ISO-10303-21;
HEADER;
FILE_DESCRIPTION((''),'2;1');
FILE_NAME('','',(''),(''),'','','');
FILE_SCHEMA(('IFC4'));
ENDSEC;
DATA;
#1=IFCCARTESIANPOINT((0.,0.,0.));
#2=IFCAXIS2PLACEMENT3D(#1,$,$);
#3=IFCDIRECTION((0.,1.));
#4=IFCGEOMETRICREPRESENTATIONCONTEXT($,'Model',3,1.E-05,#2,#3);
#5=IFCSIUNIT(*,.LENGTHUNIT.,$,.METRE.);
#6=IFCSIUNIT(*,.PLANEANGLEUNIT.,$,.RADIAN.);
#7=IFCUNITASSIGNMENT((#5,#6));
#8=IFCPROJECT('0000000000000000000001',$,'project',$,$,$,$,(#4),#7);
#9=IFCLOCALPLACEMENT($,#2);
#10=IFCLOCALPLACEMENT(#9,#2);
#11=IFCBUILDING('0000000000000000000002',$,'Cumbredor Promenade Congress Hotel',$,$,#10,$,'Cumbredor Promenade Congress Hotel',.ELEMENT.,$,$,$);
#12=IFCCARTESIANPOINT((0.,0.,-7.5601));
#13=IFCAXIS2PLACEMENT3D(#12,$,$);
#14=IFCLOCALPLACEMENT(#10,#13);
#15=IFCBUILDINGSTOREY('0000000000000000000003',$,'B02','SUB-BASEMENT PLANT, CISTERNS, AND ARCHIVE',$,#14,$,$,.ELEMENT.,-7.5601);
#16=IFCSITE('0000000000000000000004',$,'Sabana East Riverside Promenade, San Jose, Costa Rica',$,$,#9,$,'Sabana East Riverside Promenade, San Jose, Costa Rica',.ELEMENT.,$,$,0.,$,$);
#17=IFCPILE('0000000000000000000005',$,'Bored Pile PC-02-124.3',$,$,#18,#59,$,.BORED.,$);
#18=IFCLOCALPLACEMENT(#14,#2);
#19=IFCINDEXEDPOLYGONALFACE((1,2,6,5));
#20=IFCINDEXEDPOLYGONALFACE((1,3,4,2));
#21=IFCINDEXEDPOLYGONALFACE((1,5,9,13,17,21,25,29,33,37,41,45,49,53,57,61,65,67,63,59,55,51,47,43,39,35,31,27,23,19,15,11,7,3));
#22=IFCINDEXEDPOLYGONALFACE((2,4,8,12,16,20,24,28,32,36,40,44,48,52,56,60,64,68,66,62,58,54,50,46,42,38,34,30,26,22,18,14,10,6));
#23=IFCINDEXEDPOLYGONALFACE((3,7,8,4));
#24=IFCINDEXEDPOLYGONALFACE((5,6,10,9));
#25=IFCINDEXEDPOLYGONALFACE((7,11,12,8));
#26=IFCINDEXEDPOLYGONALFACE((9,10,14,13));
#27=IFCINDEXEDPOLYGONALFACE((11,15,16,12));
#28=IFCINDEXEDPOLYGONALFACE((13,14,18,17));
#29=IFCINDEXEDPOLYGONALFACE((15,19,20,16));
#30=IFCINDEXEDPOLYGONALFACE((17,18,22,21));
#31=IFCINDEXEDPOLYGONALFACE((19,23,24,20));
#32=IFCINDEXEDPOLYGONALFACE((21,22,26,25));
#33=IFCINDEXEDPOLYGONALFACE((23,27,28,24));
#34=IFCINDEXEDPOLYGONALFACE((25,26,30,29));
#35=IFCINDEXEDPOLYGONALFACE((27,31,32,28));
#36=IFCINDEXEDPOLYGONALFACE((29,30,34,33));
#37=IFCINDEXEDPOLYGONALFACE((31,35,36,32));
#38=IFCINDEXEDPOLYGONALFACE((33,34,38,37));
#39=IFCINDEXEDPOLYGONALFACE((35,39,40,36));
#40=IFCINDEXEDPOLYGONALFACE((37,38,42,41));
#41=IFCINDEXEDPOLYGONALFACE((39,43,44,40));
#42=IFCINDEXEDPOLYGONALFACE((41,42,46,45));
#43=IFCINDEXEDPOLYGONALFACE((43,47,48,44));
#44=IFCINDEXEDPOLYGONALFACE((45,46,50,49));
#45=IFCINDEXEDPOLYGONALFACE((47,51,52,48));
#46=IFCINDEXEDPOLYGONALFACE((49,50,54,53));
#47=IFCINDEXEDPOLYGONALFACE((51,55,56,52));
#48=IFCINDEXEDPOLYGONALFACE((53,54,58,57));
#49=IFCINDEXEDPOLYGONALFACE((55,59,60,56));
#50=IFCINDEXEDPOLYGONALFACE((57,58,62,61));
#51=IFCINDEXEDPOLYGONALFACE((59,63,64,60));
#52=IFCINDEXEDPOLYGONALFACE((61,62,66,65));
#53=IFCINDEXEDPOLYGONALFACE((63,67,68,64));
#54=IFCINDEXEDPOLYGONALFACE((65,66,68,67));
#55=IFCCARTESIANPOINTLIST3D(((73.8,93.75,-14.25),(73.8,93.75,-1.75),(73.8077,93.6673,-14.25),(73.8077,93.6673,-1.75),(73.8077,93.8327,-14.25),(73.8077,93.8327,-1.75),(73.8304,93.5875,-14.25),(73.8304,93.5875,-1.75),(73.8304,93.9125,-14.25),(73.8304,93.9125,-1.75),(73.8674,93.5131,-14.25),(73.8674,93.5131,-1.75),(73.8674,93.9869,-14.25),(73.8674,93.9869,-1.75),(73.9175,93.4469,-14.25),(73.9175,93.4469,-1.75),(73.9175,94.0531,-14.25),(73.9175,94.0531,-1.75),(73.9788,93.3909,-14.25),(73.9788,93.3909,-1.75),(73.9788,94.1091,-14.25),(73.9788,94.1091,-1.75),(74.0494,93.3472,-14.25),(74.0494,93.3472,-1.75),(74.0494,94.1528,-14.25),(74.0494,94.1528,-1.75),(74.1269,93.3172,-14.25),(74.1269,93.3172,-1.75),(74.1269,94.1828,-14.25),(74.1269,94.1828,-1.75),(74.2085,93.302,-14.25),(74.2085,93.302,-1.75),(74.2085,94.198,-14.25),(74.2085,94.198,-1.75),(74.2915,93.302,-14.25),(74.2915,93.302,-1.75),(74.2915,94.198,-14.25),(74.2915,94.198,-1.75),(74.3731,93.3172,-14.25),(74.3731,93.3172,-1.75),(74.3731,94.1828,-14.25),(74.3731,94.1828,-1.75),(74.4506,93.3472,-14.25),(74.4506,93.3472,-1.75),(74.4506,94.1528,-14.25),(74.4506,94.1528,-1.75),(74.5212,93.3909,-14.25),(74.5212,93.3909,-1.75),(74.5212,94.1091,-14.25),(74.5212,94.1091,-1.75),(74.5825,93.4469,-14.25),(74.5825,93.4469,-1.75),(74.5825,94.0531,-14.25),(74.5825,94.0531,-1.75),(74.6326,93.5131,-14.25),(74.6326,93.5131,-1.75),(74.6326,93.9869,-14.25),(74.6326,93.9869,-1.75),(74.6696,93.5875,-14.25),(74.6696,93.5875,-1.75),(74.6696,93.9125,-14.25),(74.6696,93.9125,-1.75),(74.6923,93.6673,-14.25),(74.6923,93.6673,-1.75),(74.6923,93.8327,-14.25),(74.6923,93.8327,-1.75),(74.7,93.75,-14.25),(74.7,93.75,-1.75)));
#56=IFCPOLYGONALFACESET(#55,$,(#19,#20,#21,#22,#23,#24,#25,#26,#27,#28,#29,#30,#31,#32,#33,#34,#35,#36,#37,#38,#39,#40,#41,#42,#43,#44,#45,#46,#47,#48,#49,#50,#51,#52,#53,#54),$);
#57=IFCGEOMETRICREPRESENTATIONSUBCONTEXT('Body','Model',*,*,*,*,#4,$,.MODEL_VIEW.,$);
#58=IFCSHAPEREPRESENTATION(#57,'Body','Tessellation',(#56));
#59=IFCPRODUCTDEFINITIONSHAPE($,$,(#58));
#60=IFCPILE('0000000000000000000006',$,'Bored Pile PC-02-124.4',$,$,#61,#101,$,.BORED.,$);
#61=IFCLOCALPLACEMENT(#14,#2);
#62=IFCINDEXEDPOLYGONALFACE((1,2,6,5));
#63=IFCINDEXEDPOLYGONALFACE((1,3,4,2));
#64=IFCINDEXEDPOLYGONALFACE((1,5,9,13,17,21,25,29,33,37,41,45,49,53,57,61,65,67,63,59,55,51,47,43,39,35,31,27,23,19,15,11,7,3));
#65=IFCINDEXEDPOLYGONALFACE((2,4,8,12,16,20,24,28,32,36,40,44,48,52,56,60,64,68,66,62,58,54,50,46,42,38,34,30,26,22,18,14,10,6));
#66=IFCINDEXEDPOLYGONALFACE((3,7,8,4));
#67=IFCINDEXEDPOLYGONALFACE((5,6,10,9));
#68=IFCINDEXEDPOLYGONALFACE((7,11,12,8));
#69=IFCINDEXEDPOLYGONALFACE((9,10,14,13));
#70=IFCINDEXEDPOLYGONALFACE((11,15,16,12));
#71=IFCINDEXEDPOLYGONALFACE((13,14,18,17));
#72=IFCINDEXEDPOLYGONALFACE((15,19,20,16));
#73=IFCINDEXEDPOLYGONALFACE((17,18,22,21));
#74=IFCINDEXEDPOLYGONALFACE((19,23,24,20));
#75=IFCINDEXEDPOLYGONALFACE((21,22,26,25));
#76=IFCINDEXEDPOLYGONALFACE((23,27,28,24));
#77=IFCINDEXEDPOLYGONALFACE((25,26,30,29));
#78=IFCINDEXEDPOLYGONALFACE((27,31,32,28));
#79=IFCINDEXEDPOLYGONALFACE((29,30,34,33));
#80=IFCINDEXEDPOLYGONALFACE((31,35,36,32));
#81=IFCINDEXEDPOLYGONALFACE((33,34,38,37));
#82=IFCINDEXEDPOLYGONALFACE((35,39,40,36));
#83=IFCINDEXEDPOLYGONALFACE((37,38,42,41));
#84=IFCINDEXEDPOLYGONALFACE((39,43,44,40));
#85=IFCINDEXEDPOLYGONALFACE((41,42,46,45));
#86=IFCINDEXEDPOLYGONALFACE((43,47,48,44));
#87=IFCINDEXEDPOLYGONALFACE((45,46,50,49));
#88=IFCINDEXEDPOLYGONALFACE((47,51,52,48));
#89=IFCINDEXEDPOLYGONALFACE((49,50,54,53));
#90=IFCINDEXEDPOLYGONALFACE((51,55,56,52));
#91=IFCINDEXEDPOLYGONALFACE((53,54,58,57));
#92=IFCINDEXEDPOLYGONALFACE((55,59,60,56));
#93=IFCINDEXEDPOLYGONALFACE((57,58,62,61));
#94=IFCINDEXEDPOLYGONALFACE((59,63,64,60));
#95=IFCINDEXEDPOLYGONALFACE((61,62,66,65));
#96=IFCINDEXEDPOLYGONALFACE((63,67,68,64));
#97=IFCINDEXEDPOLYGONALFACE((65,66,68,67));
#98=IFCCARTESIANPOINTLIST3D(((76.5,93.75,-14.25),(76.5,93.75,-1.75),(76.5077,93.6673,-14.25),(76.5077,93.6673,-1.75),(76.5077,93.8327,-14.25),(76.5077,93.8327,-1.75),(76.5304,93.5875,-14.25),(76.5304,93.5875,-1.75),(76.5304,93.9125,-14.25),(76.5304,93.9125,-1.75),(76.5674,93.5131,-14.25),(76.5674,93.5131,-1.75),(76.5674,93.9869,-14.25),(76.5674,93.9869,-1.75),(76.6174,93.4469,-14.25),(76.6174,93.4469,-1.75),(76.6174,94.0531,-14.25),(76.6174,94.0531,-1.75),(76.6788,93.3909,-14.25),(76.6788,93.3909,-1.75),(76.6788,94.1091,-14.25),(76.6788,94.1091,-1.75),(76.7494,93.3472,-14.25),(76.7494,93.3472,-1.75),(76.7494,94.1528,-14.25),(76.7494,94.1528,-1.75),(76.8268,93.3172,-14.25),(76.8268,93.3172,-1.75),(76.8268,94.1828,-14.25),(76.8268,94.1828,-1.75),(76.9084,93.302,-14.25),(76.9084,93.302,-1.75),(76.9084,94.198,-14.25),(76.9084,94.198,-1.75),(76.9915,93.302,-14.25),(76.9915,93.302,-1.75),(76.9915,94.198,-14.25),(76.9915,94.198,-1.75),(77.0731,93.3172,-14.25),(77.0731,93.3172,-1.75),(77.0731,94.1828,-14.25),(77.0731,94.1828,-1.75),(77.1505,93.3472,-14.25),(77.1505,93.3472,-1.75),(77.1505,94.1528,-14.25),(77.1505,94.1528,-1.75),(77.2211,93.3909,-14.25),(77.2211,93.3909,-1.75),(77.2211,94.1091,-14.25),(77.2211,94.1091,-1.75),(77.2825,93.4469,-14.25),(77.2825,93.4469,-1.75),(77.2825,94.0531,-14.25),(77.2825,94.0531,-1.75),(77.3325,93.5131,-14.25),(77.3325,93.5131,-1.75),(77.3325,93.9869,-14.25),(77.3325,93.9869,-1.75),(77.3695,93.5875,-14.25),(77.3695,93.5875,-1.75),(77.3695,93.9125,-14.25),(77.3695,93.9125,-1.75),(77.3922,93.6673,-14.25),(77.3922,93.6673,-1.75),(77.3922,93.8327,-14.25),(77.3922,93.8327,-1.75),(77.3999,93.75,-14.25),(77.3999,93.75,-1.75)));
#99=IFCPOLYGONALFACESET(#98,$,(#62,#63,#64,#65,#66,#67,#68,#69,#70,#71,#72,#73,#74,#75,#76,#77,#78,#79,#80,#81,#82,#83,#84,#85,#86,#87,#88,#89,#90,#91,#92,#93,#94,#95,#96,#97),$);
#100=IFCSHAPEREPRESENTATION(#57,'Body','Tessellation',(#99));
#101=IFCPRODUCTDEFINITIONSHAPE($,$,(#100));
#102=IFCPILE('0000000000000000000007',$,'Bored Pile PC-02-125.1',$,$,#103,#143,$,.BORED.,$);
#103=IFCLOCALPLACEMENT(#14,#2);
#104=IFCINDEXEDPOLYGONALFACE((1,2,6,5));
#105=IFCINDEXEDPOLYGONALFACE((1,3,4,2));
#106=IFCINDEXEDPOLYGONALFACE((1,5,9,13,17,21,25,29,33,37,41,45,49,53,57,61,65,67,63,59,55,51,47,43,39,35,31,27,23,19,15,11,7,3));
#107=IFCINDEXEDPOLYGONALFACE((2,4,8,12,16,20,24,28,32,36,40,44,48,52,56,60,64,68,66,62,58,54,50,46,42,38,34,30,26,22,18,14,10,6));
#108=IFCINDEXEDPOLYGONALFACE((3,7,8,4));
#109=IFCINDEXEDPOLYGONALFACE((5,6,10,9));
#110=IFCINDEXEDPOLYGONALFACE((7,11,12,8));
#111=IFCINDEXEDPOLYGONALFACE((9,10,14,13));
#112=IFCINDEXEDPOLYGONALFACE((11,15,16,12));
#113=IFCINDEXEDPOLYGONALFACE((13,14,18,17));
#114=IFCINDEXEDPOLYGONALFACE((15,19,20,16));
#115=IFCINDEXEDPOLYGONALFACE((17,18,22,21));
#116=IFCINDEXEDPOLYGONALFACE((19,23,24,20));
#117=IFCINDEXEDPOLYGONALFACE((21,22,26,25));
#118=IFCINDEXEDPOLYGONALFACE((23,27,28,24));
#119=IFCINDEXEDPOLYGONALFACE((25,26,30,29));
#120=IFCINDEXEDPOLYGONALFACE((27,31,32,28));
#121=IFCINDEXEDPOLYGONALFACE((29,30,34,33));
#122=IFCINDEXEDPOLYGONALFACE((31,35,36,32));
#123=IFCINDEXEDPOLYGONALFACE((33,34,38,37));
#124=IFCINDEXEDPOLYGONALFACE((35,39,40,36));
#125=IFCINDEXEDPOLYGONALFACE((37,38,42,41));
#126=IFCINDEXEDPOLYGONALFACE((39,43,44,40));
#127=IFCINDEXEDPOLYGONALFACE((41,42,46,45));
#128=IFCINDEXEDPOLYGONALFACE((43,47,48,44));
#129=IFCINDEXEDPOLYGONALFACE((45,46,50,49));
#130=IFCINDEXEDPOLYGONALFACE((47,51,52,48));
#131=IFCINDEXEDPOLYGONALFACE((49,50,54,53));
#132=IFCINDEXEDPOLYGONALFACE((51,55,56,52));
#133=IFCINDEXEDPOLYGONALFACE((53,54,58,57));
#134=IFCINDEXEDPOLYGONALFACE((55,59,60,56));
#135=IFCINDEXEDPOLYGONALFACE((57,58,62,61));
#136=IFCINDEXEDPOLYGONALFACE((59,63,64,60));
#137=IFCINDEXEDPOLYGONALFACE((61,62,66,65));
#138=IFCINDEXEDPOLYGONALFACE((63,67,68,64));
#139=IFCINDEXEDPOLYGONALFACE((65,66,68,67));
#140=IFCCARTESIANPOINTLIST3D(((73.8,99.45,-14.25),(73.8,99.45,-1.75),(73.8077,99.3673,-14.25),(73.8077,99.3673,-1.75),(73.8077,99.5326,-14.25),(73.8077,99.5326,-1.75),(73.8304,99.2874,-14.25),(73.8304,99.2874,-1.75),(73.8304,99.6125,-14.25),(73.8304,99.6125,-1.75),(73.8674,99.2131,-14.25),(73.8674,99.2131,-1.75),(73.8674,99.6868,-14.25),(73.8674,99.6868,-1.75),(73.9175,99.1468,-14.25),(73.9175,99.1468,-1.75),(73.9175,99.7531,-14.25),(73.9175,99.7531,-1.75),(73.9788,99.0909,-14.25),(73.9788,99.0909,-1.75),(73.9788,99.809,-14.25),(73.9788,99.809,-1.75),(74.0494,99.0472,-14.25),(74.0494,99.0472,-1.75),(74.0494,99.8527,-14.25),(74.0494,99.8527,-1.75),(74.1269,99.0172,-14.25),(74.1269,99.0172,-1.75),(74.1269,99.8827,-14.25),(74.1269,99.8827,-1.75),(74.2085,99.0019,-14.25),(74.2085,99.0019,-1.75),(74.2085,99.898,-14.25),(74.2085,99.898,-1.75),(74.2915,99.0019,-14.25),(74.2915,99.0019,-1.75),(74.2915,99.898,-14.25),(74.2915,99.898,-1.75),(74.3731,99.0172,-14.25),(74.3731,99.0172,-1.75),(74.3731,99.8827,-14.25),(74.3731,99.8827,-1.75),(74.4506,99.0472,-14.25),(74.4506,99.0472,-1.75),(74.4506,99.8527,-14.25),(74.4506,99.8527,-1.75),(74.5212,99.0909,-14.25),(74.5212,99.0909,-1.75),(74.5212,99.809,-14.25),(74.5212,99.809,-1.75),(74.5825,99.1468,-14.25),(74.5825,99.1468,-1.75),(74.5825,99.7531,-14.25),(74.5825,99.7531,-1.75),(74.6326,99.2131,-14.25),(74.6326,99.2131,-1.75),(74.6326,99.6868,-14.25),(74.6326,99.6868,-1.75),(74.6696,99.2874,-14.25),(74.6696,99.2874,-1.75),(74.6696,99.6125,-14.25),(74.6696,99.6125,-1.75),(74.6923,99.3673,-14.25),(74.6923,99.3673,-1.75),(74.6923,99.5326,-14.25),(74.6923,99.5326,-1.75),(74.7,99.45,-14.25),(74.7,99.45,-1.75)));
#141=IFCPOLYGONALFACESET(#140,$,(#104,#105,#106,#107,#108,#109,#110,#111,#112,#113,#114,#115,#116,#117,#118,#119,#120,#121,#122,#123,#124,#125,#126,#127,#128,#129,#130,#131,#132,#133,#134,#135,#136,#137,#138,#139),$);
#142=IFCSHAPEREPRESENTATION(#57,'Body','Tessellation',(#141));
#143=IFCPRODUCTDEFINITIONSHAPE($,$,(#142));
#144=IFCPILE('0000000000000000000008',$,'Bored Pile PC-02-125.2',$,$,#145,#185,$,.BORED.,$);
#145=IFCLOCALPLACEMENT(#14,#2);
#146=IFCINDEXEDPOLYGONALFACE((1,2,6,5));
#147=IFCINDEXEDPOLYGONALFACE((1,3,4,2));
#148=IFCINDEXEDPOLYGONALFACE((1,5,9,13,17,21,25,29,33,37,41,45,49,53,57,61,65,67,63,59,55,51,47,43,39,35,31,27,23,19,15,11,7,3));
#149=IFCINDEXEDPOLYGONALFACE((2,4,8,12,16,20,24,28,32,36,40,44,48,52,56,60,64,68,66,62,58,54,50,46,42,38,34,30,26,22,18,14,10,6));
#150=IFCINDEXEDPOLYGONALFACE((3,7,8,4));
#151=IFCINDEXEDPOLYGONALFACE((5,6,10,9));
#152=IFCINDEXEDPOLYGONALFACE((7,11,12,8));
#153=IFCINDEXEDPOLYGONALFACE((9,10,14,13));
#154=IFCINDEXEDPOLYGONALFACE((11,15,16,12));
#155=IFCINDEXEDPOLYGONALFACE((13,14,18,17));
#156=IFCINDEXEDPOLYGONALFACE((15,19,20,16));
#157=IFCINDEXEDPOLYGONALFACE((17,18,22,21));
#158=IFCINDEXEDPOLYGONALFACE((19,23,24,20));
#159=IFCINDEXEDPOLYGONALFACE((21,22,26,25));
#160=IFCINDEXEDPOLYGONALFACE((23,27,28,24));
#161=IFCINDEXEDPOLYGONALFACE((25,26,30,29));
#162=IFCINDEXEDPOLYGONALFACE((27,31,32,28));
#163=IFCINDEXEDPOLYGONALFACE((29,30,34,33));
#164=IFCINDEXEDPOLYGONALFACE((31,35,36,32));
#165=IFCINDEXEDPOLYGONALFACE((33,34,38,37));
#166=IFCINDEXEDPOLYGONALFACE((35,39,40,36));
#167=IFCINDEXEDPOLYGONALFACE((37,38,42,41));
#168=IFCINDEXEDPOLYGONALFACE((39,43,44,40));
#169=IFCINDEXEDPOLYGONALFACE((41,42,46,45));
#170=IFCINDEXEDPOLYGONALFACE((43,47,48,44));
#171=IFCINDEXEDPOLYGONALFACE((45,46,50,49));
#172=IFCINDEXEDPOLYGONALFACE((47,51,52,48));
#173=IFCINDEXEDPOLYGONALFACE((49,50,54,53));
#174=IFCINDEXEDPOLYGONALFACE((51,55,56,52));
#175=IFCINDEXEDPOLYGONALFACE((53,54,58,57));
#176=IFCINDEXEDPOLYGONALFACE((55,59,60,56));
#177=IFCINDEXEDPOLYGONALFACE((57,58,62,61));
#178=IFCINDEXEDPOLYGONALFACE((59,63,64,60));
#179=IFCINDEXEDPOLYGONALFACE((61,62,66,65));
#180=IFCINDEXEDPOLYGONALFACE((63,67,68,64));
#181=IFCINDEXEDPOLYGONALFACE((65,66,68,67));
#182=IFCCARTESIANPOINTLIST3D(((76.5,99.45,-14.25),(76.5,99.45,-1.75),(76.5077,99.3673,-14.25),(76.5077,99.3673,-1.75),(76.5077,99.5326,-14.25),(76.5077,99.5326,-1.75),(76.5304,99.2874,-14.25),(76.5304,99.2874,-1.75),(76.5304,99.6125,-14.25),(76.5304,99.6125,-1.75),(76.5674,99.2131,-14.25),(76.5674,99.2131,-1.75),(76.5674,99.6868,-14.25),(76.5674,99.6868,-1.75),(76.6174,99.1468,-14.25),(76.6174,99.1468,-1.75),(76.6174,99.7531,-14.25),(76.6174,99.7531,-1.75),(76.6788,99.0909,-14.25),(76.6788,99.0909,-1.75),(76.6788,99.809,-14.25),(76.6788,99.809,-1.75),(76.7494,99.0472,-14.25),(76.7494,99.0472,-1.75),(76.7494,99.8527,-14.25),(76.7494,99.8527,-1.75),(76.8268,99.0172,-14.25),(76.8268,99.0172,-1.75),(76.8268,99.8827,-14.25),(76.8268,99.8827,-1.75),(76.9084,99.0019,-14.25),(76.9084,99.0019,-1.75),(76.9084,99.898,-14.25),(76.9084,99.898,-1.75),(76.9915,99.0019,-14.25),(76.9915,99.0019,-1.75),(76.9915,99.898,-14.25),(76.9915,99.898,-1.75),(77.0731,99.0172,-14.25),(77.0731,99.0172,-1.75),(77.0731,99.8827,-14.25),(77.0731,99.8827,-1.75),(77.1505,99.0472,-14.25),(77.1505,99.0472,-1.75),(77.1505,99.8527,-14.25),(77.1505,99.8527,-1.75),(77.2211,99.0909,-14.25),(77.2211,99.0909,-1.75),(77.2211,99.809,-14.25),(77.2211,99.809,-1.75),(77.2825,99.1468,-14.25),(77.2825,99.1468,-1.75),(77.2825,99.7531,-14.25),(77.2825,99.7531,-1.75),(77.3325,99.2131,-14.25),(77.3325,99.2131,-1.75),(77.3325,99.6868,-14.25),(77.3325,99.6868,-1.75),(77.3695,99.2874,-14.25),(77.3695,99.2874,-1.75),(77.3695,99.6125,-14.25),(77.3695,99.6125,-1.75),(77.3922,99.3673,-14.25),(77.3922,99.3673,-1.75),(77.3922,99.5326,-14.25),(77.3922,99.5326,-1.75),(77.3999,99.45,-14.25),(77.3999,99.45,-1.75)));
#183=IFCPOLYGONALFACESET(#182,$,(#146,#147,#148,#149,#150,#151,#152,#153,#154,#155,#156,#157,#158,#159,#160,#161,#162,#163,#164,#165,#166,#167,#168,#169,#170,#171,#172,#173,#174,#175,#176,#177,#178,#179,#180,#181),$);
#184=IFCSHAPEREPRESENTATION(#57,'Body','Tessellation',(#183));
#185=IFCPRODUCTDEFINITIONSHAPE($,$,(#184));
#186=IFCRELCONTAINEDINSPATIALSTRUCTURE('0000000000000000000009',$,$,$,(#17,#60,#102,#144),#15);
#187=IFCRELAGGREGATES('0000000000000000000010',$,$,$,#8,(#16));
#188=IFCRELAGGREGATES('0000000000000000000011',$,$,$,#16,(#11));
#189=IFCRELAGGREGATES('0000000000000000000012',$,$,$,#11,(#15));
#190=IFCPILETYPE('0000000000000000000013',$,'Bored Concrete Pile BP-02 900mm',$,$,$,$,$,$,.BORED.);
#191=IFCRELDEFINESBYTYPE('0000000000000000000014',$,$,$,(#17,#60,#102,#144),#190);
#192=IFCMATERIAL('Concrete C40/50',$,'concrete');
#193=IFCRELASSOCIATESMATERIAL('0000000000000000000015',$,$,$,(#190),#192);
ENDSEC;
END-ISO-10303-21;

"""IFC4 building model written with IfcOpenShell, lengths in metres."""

from ifc_helpers import new_model, si_unit, direction, frame, origin, origin_2d, place, context, subcontext, project, spatial, circle, extrude, material, material_profile, profile_set, type_object, element, save


model = new_model("IFC4")

# Units and contexts
model_context = context("Model", 3, precision=1e-05, world=origin(), true_north=direction((0.0, 1.0)))
body_context = subcontext(model_context, "Body", "Model", "MODEL_VIEW")
ifc_project = project(units=[si_unit("LENGTHUNIT", "METRE"), si_unit("PLANEANGLEUNIT", "RADIAN")], contexts=[model_context])

# Site, building, storey
site_placement = place(None, origin())
site = spatial("IfcSite", under=ifc_project, at=site_placement, Name="Sabana East Riverside Promenade, San Jose, Costa Rica", LongName="Sabana East Riverside Promenade, San Jose, Costa Rica", CompositionType="ELEMENT", RefElevation=0.0)
building_placement = place(site_placement, origin())
building = spatial("IfcBuilding", under=site, at=building_placement, Name="Cumbredor Promenade Congress Hotel", LongName="Cumbredor Promenade Congress Hotel", CompositionType="ELEMENT")
storey_placement = place(building_placement, frame((0.0, 0.0, -7.5601)))
storey = spatial("IfcBuildingStorey", under=building, at=storey_placement, Name="B02", Description="SUB-BASEMENT PLANT, CISTERNS, AND ARCHIVE", CompositionType="ELEMENT", Elevation=-7.5601)

# Piles
ifc_material_1 = material(Name="Concrete C40/50", Category="concrete")
ifc_material_profile_1 = material_profile(ifc_material_1, circle(Radius=0.45, at=origin_2d()), Name="PILE D900")
ifc_profile_set_1 = profile_set([ifc_material_profile_1], Name="Concrete C40/50")
pile_type_1 = type_object("IfcPileType", Name="Bored Concrete Pile BP-02 900mm", PredefinedType="BORED", material=ifc_profile_set_1)
for number, where, z_axis, x_axis, name in (
    (1, (74.25, 93.75, -1.75), (0.0, 0.0, -1.0), (1.0, 0.0, 0.0), "Bored Pile PC-02-124.3"),
    (2, (76.95, 93.75, -1.75), (0.0, 0.0, -1.0), (1.0, 0.0, 0.0), "Bored Pile PC-02-124.4"),
    (3, (74.25, 99.45, -1.75), (0.0, 0.0, -1.0), (1.0, 0.0, 0.0), "Bored Pile PC-02-125.1"),
    (4, (76.95, 99.45, -1.75), (0.0, 0.0, -1.0), (1.0, 0.0, 0.0), "Bored Pile PC-02-125.2"),
):
    element("IfcPile", number, at=place(storey_placement, frame(where, z_axis=z_axis, x_axis=x_axis)), inside=storey, type_object=pile_type_1, Name=name, PredefinedType="BORED", context=body_context, shape_type="SweptSolid", body=[
        extrude(circle(Radius=0.45, at=origin_2d()), origin(), (0.0, 0.0, 1.0), 12.5),
    ])

save(model, "model.ifc")
